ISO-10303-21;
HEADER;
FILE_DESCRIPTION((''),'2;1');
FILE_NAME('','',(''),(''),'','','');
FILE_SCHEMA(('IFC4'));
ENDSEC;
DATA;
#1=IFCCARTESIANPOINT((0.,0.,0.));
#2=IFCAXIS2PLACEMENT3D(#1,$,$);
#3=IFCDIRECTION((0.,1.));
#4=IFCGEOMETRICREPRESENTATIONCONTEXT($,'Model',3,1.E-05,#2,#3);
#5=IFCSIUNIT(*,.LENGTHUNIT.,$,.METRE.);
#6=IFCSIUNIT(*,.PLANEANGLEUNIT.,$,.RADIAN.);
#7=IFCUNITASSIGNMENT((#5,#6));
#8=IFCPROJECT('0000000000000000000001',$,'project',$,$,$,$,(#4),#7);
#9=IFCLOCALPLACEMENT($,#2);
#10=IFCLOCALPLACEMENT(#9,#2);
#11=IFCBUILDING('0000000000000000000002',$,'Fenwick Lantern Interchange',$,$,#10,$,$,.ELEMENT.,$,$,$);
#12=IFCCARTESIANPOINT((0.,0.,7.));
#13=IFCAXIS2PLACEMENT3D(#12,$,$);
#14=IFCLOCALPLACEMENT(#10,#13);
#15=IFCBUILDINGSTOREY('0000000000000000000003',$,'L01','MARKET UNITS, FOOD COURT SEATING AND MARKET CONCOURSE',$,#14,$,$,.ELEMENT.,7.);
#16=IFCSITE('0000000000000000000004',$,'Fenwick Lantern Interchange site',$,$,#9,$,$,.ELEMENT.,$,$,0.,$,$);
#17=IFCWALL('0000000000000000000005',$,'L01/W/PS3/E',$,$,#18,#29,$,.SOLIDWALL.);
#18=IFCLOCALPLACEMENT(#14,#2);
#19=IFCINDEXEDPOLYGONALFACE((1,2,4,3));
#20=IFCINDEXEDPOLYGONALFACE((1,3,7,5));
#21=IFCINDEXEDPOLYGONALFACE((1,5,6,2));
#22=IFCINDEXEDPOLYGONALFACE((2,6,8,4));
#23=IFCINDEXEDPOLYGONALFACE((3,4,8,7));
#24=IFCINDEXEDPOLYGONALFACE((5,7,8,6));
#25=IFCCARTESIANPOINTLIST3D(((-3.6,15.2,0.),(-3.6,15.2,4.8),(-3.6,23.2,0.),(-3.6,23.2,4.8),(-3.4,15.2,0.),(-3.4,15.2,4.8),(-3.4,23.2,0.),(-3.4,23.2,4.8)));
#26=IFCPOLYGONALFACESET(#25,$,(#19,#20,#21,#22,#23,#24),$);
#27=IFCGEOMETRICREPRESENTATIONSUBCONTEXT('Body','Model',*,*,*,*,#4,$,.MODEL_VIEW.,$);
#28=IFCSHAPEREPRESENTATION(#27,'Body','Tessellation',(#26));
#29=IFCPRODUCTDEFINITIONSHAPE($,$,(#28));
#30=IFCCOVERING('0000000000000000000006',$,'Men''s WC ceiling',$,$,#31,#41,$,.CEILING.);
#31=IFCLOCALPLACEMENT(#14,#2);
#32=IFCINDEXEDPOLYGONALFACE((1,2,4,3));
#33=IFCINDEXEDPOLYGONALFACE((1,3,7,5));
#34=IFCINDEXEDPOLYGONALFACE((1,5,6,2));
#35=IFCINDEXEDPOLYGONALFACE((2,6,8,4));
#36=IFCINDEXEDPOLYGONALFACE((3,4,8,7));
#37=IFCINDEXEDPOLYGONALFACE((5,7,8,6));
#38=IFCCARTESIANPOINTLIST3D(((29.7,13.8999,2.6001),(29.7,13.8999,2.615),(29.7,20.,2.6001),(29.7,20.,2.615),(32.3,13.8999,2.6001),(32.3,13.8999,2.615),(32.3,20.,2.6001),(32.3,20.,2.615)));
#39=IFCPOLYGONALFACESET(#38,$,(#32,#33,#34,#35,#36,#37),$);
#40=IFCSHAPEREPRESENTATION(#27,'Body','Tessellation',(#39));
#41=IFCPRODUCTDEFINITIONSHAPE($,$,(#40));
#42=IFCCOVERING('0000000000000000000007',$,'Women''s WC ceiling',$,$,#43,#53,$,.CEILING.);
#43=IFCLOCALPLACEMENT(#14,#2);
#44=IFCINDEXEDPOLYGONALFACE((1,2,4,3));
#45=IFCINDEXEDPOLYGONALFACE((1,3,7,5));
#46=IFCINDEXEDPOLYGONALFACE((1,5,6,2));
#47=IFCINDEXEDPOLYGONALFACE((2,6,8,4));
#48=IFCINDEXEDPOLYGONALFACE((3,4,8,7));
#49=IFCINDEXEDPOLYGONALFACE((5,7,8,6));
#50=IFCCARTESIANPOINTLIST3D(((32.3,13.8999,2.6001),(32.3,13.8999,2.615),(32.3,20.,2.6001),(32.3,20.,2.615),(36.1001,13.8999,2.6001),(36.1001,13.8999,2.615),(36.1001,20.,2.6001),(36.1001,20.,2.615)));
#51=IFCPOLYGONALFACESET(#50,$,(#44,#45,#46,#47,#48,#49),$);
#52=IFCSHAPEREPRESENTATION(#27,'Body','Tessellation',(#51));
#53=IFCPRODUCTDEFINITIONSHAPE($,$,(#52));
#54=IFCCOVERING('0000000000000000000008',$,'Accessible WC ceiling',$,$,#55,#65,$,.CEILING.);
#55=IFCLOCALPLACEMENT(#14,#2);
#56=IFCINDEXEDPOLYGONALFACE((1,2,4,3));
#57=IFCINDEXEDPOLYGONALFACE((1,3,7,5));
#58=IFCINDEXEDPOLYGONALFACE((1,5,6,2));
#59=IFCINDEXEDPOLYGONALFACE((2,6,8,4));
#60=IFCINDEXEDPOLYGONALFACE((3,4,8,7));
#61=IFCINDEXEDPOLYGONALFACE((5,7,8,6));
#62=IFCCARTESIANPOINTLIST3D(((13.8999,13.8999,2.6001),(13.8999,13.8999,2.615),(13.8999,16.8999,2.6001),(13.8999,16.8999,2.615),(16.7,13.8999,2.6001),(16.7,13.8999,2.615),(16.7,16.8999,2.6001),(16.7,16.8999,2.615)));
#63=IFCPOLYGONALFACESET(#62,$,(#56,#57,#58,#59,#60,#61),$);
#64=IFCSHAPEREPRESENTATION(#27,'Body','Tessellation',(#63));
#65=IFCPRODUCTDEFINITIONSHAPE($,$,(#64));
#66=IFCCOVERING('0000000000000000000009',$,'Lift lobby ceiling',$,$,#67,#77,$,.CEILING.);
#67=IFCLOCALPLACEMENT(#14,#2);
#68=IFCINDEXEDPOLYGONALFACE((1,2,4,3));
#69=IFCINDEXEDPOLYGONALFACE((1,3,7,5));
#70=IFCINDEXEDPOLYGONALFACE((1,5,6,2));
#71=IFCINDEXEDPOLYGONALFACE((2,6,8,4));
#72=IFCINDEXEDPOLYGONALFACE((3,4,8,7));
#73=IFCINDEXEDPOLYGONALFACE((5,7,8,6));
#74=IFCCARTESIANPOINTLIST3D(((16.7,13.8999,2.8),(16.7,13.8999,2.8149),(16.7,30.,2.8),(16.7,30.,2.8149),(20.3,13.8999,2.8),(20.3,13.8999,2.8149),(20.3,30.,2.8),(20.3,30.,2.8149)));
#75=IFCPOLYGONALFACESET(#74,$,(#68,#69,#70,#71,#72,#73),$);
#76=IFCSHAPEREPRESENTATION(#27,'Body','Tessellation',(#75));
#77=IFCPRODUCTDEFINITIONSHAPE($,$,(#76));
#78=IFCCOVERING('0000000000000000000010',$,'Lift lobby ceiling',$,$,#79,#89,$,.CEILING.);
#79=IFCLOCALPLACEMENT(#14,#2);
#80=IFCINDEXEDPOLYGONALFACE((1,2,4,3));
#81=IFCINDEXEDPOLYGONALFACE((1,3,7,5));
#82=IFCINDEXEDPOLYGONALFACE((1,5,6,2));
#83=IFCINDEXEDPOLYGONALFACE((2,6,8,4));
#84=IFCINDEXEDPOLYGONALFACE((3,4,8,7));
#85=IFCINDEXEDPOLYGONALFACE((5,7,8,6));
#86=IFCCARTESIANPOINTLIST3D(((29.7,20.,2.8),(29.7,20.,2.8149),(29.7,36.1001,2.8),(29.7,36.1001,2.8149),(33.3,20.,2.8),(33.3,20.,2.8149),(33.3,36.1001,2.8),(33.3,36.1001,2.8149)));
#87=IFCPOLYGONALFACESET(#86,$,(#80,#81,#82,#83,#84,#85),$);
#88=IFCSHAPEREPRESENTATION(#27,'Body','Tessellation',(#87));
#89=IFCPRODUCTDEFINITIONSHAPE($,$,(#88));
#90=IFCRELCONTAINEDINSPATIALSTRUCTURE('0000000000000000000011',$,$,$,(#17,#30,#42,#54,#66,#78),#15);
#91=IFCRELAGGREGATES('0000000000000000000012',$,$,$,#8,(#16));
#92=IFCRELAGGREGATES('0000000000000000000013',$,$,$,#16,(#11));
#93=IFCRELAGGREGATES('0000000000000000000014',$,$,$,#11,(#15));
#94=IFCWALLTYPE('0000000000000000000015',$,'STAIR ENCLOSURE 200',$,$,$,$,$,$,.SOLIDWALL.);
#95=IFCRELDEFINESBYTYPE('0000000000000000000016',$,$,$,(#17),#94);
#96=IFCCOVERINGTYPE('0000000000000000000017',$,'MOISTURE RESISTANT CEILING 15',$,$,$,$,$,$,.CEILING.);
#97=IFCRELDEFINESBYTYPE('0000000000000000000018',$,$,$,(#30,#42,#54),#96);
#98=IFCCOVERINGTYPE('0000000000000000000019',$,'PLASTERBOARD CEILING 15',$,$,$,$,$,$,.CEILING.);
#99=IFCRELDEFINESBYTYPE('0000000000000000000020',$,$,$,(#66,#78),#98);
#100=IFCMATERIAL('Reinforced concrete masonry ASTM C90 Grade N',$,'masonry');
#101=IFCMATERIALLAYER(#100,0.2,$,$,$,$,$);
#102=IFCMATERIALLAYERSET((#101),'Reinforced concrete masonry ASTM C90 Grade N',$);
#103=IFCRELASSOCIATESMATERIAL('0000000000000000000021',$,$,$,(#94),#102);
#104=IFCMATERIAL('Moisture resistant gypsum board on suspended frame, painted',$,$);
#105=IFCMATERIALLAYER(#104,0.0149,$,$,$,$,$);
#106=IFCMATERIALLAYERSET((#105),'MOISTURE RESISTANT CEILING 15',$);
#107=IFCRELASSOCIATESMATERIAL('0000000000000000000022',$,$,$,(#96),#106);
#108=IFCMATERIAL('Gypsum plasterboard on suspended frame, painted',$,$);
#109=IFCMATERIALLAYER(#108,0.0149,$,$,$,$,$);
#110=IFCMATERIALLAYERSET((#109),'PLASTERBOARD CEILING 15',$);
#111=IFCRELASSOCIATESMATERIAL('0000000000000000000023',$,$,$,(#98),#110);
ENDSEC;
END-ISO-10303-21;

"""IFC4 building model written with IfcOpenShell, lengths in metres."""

from ifc_helpers import new_model, si_unit, direction, frame, frame_2d, origin, place, context, subcontext, project, spatial, polyline, rectangle, outline, extrude, material, layer, layer_set, type_object, element, save


model = new_model("IFC4")

# Units and contexts
model_context = context("Model", 3, precision=1e-05, world=origin(), true_north=direction((0.0, 1.0)))
body_context = subcontext(model_context, "Body", "Model", "MODEL_VIEW")
ifc_project = project(units=[si_unit("LENGTHUNIT", "METRE"), si_unit("PLANEANGLEUNIT", "RADIAN")], contexts=[model_context])

# Site, building, storey
site_placement = place(None, origin())
site = spatial("IfcSite", under=ifc_project, at=site_placement, Name="Fenwick Lantern Interchange site", CompositionType="ELEMENT", RefElevation=0.0)
building_placement = place(site_placement, origin())
building = spatial("IfcBuilding", under=site, at=building_placement, Name="Fenwick Lantern Interchange", CompositionType="ELEMENT")
storey_placement = place(building_placement, frame((0.0, 0.0, 7.0)))
storey = spatial("IfcBuildingStorey", under=building, at=storey_placement, Name="L01", Description="MARKET UNITS, FOOD COURT SEATING AND MARKET CONCOURSE", CompositionType="ELEMENT", Elevation=7.0)

# Shared definitions
ifc_material_1 = material(Name="Reinforced concrete masonry ASTM C90 Grade N", Category="masonry")
ifc_layer_1 = layer(ifc_material_1, 0.2)
ifc_layer_set_1 = layer_set([ifc_layer_1], Name="Reinforced concrete masonry ASTM C90 Grade N")
wall_type_1 = type_object("IfcWallType", Name="STAIR ENCLOSURE 200", PredefinedType="SOLIDWALL", material=ifc_layer_set_1)

# Wall
wall_1_placement = place(storey_placement, frame((-3.5, 15.2, 0.0), z_axis=(0.0, 0.0, 1.0), x_axis=(0.0, 1.0, 0.0)))
element("IfcWall", 1, at=wall_1_placement, inside=storey, type_object=wall_type_1, Name="L01/W/PS3/E", PredefinedType="SOLIDWALL", context=body_context, shape_type="SweptSolid", body=[
    extrude(rectangle(XDim=8.0, YDim=0.2, at=frame_2d((4.0, 0.0))), origin(), (0.0, 0.0, 1.0), 4.8),
])

# Coverings
ifc_material_2 = material(Name="Moisture resistant gypsum board on suspended frame, painted")
ifc_layer_2 = layer(ifc_material_2, 0.0149)
ifc_layer_set_2 = layer_set([ifc_layer_2], Name="MOISTURE RESISTANT CEILING 15")
covering_type_1 = type_object("IfcCoveringType", Name="MOISTURE RESISTANT CEILING 15", PredefinedType="CEILING", material=ifc_layer_set_2)
covering_1_placement = place(storey_placement, frame((0.0, 0.0, 2.6001)))
element("IfcCovering", 2, at=covering_1_placement, inside=storey, type_object=covering_type_1, Name="Men's WC ceiling", PredefinedType="CEILING", context=body_context, shape_type="SweptSolid", body=[
    extrude(outline(polyline([(29.7, 13.8999), (32.3, 13.8999), (32.3, 20.0), (29.7, 20.0), (29.7, 13.8999)])), origin(), (0.0, 0.0, 1.0), 0.0149),
])
covering_2_placement = place(storey_placement, frame((0.0, 0.0, 2.6001)))
element("IfcCovering", 3, at=covering_2_placement, inside=storey, type_object=covering_type_1, Name="Women's WC ceiling", PredefinedType="CEILING", context=body_context, shape_type="SweptSolid", body=[
    extrude(outline(polyline([(32.3, 13.8999), (36.1001, 13.8999), (36.1001, 20.0), (32.3, 20.0), (32.3, 13.8999)])), origin(), (0.0, 0.0, 1.0), 0.0149),
])
covering_3_placement = place(storey_placement, frame((0.0, 0.0, 2.6001)))
element("IfcCovering", 4, at=covering_3_placement, inside=storey, type_object=covering_type_1, Name="Accessible WC ceiling", PredefinedType="CEILING", context=body_context, shape_type="SweptSolid", body=[
    extrude(outline(polyline([(13.8999, 13.8999), (16.7, 13.8999), (16.7, 16.8999), (13.8999, 16.8999), (13.8999, 13.8999)])), origin(), (0.0, 0.0, 1.0), 0.0149),
])
ifc_material_3 = material(Name="Gypsum plasterboard on suspended frame, painted")
ifc_layer_3 = layer(ifc_material_3, 0.0149)
ifc_layer_set_3 = layer_set([ifc_layer_3], Name="PLASTERBOARD CEILING 15")
covering_type_2 = type_object("IfcCoveringType", Name="PLASTERBOARD CEILING 15", PredefinedType="CEILING", material=ifc_layer_set_3)
covering_4_placement = place(storey_placement, frame((0.0, 0.0, 2.8)))
element("IfcCovering", 5, at=covering_4_placement, inside=storey, type_object=covering_type_2, Name="Lift lobby ceiling", PredefinedType="CEILING", context=body_context, shape_type="SweptSolid", body=[
    extrude(outline(polyline([(16.7, 13.8999), (20.3, 13.8999), (20.3, 30.0), (16.7, 30.0), (16.7, 13.8999)])), origin(), (0.0, 0.0, 1.0), 0.0149),
])
covering_5_placement = place(storey_placement, frame((0.0, 0.0, 2.8)))
element("IfcCovering", 6, at=covering_5_placement, inside=storey, type_object=covering_type_2, Name="Lift lobby ceiling", PredefinedType="CEILING", context=body_context, shape_type="SweptSolid", body=[
    extrude(outline(polyline([(33.3, 36.1001), (29.7, 36.1001), (29.7, 20.0), (33.3, 20.0), (33.3, 36.1001)])), origin(), (0.0, 0.0, 1.0), 0.0149),
])

save(model, "model.ifc")
